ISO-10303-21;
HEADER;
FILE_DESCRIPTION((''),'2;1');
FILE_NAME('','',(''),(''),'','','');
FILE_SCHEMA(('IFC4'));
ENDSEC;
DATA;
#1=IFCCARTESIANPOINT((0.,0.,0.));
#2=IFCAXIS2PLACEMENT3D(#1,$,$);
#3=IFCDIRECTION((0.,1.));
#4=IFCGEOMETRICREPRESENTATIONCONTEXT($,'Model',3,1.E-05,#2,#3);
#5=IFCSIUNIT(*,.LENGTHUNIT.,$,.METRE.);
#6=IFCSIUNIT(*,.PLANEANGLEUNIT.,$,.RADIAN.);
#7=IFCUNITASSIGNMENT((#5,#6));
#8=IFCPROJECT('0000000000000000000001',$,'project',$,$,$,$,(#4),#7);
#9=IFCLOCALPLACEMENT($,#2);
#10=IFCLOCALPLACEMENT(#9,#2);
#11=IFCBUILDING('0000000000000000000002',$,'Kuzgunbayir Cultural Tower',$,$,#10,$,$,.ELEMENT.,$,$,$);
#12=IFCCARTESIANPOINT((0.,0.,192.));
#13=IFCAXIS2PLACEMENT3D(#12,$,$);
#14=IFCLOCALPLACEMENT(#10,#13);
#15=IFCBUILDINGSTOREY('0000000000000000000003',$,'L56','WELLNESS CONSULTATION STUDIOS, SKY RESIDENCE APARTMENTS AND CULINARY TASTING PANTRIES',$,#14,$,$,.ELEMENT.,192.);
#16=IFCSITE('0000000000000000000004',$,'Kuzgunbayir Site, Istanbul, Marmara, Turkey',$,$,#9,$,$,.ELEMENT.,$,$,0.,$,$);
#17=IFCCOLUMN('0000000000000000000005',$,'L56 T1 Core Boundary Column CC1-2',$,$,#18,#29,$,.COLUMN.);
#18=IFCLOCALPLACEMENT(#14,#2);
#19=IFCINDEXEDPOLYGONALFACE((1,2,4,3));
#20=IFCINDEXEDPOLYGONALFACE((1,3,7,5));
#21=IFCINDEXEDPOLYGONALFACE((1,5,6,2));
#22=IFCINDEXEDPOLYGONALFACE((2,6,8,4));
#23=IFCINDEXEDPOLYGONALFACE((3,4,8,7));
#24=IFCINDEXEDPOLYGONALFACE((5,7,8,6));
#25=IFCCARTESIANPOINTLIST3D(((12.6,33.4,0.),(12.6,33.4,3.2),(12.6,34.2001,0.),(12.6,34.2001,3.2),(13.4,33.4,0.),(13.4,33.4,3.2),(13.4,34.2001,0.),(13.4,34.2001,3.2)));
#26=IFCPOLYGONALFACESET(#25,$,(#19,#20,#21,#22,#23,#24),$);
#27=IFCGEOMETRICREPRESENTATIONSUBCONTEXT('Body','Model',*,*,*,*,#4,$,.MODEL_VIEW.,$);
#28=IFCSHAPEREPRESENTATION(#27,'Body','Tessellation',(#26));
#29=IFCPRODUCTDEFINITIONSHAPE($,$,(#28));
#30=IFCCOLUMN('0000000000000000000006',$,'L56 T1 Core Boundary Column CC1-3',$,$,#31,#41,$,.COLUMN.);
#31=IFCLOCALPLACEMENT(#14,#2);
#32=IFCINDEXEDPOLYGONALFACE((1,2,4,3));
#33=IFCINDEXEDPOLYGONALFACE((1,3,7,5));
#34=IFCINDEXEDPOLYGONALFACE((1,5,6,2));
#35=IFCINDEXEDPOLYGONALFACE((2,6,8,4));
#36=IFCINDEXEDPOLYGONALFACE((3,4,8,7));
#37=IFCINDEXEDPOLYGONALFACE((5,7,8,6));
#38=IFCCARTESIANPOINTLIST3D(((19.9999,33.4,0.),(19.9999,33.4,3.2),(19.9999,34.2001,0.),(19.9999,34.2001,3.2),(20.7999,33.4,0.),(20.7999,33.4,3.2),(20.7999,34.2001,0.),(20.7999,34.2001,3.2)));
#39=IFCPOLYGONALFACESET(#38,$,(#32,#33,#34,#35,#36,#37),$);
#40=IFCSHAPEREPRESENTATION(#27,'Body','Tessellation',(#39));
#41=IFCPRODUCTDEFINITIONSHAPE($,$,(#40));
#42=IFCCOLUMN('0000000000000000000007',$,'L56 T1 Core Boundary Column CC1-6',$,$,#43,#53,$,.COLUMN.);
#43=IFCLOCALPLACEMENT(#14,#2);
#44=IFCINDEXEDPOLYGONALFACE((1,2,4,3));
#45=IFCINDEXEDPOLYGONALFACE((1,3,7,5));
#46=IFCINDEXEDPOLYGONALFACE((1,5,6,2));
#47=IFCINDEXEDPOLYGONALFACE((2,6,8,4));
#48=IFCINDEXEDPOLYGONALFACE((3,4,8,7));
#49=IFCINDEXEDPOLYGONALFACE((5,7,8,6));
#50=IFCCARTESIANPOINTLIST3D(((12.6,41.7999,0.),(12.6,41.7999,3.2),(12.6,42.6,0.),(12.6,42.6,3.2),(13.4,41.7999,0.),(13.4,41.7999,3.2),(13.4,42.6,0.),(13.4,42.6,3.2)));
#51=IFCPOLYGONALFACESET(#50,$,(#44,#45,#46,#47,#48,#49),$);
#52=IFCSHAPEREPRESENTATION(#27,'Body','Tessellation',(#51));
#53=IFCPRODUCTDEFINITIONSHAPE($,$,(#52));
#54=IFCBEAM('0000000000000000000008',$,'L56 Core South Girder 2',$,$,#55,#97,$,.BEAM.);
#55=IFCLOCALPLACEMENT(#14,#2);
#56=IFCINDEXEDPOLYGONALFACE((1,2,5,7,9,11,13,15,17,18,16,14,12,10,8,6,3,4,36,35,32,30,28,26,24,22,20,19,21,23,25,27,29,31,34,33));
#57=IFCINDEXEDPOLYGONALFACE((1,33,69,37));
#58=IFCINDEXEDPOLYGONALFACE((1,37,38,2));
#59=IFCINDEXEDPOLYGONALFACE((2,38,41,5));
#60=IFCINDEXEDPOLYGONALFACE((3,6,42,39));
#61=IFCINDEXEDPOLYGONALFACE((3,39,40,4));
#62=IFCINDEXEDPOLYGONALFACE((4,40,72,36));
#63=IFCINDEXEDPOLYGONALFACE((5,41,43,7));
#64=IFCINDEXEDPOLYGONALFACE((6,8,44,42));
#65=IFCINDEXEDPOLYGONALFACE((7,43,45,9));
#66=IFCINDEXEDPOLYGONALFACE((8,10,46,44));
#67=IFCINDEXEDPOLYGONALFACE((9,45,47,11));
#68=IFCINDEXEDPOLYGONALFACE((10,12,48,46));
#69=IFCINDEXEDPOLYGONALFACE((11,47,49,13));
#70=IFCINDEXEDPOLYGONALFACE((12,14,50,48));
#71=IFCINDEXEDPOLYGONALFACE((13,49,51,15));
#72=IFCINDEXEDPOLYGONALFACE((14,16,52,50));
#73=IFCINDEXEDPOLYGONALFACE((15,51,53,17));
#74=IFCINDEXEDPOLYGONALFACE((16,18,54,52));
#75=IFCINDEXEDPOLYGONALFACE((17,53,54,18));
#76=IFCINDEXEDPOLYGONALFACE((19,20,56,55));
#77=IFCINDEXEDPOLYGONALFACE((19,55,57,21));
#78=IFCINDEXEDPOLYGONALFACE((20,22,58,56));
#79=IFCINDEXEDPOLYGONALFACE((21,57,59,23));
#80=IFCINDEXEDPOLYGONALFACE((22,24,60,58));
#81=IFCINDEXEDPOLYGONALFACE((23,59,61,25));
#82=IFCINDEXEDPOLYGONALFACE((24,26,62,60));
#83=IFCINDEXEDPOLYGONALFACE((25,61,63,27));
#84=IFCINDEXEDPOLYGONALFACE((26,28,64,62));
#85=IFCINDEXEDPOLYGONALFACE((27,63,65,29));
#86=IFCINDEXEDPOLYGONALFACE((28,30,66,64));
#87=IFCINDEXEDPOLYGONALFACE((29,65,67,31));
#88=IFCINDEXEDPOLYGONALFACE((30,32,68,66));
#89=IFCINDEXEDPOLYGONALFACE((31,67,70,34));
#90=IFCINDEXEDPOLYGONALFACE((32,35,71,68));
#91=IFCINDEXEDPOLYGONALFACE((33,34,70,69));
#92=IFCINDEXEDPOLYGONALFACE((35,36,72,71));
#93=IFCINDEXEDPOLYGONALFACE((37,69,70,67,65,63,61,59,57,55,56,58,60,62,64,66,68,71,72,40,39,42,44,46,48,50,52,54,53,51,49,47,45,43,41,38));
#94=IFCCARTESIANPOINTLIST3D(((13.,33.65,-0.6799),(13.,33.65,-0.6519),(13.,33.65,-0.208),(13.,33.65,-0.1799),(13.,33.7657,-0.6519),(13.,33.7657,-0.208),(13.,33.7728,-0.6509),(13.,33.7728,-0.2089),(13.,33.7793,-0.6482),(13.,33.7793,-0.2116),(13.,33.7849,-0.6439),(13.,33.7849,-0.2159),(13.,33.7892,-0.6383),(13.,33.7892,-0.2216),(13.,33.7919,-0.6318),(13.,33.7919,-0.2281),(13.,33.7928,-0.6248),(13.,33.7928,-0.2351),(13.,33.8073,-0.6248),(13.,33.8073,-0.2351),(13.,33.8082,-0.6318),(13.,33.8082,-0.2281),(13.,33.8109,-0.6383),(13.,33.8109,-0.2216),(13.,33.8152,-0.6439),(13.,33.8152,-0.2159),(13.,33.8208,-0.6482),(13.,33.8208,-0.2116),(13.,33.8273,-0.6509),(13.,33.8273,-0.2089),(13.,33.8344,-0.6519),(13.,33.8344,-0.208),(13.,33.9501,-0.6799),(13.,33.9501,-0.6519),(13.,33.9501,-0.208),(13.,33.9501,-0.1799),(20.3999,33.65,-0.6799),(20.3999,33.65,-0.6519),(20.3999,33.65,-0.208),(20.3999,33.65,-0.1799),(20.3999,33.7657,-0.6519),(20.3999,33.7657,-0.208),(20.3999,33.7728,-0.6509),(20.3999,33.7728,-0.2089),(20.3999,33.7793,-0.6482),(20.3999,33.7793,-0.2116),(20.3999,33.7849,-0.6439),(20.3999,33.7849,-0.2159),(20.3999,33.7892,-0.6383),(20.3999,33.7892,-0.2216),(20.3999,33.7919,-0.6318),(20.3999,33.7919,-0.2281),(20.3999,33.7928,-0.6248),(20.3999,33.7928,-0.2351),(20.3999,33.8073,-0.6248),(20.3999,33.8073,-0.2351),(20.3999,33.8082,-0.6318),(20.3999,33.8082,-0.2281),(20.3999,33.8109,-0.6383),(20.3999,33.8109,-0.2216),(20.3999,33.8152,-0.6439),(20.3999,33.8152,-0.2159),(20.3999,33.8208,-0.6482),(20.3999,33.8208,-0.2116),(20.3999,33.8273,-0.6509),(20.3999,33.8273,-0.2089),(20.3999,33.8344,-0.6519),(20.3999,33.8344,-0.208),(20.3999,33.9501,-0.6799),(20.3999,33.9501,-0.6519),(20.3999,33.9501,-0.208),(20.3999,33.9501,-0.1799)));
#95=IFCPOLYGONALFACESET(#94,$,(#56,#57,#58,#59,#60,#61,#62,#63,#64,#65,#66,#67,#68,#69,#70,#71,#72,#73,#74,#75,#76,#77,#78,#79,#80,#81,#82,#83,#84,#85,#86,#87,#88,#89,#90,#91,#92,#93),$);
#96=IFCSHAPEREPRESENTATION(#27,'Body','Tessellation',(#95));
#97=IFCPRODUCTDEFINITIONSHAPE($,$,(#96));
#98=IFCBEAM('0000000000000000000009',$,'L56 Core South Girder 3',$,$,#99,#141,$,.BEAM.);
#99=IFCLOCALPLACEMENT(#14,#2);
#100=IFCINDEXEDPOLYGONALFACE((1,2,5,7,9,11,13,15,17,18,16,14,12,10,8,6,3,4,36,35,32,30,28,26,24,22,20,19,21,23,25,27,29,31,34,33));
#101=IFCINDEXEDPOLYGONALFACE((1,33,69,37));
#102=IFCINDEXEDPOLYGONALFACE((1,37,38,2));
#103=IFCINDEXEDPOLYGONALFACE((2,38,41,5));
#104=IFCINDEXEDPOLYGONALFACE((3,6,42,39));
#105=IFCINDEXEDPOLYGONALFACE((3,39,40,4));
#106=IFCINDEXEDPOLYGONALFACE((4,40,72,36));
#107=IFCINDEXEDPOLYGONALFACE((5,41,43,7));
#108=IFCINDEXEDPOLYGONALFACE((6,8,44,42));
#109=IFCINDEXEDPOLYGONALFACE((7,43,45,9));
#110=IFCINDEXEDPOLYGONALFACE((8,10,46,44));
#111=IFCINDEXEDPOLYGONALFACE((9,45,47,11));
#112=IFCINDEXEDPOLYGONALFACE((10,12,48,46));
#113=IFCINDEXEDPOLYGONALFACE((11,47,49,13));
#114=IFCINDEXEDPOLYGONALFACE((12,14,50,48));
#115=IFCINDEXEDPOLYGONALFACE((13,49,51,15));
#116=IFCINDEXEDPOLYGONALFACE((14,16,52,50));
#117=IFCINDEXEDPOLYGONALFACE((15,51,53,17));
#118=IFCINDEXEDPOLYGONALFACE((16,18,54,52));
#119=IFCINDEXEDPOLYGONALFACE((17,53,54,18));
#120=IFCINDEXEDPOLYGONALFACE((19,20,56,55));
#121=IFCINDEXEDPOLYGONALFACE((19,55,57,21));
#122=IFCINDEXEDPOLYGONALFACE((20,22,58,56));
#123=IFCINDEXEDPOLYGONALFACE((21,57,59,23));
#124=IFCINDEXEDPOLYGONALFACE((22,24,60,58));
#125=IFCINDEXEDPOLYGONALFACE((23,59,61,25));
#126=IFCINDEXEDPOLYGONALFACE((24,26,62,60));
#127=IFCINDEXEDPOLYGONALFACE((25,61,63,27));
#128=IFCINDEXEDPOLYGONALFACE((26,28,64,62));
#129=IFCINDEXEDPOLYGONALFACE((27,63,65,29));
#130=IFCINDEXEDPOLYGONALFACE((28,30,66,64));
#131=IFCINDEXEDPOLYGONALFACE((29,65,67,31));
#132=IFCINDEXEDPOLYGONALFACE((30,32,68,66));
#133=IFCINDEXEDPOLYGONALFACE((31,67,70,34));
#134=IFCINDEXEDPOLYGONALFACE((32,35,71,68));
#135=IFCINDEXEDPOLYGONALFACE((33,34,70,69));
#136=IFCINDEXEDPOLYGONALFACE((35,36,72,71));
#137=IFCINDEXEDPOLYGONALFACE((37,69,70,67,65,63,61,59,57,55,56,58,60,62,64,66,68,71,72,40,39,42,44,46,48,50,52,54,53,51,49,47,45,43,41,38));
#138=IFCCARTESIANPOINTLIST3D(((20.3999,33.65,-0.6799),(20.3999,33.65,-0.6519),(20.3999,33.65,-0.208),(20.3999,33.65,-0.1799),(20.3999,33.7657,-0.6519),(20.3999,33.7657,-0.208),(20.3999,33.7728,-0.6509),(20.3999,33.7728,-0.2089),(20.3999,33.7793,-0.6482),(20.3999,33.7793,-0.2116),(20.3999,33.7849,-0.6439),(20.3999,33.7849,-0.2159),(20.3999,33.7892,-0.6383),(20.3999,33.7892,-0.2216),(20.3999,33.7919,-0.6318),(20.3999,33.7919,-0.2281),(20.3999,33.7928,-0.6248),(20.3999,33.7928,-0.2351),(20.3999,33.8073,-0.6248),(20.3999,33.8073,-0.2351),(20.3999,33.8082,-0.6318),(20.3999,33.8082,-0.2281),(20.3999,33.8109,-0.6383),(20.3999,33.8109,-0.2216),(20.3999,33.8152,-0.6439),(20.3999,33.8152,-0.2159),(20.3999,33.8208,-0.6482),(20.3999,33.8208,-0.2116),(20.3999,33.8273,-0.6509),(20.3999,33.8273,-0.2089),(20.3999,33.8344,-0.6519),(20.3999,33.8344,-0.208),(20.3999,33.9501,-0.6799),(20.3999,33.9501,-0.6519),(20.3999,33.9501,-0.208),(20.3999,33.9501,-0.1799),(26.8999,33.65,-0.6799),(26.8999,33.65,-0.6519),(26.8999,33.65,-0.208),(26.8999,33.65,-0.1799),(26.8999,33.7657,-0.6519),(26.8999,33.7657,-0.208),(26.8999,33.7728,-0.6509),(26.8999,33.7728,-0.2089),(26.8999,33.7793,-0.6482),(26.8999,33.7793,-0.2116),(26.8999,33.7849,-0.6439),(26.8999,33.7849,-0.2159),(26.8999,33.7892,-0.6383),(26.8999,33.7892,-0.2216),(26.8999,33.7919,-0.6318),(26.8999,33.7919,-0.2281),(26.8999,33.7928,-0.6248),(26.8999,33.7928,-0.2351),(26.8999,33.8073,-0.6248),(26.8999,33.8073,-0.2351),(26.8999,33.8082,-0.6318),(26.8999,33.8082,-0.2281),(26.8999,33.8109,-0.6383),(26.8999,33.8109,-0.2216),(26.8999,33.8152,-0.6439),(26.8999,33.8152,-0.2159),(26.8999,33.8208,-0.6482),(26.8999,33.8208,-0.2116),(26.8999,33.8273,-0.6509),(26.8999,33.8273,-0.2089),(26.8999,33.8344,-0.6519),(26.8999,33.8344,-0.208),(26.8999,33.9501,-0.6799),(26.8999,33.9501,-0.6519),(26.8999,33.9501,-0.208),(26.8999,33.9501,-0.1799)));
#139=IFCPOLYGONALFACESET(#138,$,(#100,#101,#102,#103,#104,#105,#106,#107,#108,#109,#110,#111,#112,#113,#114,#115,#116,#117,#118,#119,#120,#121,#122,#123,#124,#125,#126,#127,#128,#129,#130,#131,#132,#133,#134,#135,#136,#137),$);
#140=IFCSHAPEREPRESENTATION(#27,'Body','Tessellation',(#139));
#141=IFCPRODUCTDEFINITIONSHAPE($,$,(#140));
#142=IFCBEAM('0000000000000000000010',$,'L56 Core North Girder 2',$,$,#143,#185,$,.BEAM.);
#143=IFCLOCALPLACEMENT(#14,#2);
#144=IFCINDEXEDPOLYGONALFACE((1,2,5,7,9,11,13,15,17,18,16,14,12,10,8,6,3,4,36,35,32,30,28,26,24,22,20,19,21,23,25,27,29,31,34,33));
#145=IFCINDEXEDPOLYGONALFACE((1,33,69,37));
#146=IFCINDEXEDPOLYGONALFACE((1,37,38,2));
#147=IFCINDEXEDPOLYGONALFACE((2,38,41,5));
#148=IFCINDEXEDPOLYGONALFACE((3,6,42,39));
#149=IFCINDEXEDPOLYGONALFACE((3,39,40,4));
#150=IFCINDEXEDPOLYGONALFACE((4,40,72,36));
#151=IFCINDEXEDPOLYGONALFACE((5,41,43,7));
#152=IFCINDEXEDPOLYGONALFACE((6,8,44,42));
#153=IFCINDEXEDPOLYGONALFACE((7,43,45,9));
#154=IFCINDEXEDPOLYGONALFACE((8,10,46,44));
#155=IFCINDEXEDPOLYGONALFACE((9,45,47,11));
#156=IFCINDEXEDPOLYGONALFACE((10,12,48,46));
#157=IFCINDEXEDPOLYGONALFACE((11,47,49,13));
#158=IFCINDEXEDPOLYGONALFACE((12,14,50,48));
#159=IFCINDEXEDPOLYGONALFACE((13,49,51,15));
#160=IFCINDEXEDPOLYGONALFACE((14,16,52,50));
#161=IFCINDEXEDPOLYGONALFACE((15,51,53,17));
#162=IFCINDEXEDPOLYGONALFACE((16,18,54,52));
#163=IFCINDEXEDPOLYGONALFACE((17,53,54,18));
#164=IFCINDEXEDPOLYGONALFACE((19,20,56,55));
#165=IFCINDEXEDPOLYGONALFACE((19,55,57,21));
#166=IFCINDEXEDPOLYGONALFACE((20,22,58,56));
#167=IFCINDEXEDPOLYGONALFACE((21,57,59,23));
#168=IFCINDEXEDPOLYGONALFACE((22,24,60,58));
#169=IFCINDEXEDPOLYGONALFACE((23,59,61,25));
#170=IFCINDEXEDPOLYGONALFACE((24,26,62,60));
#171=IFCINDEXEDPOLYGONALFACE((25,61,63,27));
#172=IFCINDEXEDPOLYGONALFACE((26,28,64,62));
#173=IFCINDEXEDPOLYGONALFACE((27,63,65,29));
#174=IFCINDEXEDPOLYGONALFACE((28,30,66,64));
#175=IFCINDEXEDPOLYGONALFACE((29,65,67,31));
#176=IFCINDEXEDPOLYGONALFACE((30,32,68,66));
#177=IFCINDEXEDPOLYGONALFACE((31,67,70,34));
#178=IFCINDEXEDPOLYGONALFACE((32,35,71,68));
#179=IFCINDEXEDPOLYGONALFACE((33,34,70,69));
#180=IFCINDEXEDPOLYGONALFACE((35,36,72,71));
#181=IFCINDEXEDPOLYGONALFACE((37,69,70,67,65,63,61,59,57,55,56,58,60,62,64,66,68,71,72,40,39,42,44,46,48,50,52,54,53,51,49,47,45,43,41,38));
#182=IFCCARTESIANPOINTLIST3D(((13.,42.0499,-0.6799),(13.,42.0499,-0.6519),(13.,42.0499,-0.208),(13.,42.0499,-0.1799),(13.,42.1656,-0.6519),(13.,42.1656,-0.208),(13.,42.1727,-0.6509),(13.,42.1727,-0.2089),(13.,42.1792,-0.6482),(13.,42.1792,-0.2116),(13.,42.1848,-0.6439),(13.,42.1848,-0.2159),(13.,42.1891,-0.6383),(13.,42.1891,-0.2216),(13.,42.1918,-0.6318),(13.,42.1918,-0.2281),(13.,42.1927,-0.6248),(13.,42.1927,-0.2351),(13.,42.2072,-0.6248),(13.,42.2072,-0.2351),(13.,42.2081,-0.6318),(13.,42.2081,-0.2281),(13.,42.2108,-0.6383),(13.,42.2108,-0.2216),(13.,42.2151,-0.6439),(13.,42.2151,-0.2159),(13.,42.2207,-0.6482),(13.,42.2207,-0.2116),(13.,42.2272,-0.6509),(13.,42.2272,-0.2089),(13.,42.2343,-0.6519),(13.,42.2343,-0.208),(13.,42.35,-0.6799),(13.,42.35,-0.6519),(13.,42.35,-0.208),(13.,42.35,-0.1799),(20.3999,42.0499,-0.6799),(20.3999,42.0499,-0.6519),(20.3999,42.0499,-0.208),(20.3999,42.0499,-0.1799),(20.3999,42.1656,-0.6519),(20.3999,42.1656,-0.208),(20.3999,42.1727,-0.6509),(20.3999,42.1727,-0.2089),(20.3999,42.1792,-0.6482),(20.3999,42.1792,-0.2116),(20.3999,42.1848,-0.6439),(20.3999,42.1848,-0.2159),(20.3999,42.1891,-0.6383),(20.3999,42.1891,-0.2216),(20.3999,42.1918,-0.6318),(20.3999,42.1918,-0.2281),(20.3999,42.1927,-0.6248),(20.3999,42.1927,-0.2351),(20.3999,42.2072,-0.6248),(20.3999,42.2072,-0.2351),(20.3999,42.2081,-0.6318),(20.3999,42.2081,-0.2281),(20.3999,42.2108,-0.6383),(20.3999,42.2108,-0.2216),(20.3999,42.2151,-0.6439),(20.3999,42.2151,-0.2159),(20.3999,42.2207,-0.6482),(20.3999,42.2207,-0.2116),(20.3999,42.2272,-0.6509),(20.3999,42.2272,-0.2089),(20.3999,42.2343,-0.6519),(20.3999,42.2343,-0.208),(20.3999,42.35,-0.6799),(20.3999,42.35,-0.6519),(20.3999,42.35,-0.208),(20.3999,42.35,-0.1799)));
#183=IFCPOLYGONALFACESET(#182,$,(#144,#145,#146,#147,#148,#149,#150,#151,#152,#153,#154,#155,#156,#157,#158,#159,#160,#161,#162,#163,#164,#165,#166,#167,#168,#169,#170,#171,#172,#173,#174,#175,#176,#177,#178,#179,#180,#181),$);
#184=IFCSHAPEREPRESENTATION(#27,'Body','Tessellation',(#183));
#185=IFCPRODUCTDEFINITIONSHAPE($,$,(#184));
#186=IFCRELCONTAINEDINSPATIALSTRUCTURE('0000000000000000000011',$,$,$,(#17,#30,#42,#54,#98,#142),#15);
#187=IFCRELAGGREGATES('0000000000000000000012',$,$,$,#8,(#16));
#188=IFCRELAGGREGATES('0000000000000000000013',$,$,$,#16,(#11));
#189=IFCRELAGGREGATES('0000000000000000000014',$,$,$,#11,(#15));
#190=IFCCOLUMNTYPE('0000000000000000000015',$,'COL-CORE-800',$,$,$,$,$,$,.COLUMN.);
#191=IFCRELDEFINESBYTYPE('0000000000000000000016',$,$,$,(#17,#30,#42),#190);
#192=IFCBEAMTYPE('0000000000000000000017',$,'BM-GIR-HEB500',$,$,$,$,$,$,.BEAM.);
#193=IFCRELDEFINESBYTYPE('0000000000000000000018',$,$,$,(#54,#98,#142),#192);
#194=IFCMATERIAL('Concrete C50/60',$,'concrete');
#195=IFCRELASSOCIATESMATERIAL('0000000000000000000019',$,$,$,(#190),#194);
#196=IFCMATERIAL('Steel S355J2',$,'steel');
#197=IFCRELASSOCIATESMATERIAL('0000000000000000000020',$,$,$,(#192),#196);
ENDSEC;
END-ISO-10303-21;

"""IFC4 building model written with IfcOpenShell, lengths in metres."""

from ifc_helpers import new_model, si_unit, direction, frame, origin, origin_2d, place, context, subcontext, project, spatial, rectangle, i_section, extrude, material, material_profile, profile_set, type_object, element, save


model = new_model("IFC4")

# Units and contexts
model_context = context("Model", 3, precision=1e-05, world=origin(), true_north=direction((0.0, 1.0)))
body_context = subcontext(model_context, "Body", "Model", "MODEL_VIEW")
ifc_project = project(units=[si_unit("LENGTHUNIT", "METRE"), si_unit("PLANEANGLEUNIT", "RADIAN")], contexts=[model_context])

# Site, building, storey
site_placement = place(None, origin())
site = spatial("IfcSite", under=ifc_project, at=site_placement, Name="Kuzgunbayir Site, Istanbul, Marmara, Turkey", CompositionType="ELEMENT", RefElevation=0.0)
building_placement = place(site_placement, origin())
building = spatial("IfcBuilding", under=site, at=building_placement, Name="Kuzgunbayir Cultural Tower", CompositionType="ELEMENT")
storey_placement = place(building_placement, frame((0.0, 0.0, 192.0)))
storey = spatial("IfcBuildingStorey", under=building, at=storey_placement, Name="L56", Description="WELLNESS CONSULTATION STUDIOS, SKY RESIDENCE APARTMENTS AND CULINARY TASTING PANTRIES", CompositionType="ELEMENT", Elevation=192.0)

# Columns
ifc_material_1 = material(Name="Concrete C50/60", Category="concrete")
ifc_material_profile_1 = material_profile(ifc_material_1, rectangle(XDim=0.8, YDim=0.8, at=origin_2d()), Name="RC 800x800")
ifc_profile_set_1 = profile_set([ifc_material_profile_1], Name="Concrete C50/60")
column_type = type_object("IfcColumnType", Name="COL-CORE-800", PredefinedType="COLUMN", material=ifc_profile_set_1)
for number, where, z_axis, x_axis, name in (
    (1, (13.0, 33.8, 0.0), (0.0, 0.0, 1.0), (1.0, 0.0, 0.0), "L56 T1 Core Boundary Column CC1-2"),
    (2, (20.3999, 33.8, 0.0), (0.0, 0.0, 1.0), (1.0, 0.0, 0.0), "L56 T1 Core Boundary Column CC1-3"),
    (3, (13.0, 42.2, 0.0), (0.0, 0.0, 1.0), (1.0, 0.0, 0.0), "L56 T1 Core Boundary Column CC1-6"),
):
    element("IfcColumn", number, at=place(storey_placement, frame(where, z_axis=z_axis, x_axis=x_axis)), inside=storey, type_object=column_type, Name=name, PredefinedType="COLUMN", context=body_context, shape_type="SweptSolid", body=[
        extrude(rectangle(XDim=0.8, YDim=0.8, at=origin_2d()), origin(), (0.0, 0.0, 1.0), 3.2),
    ])

# Beams
ifc_material_2 = material(Name="Steel S355J2", Category="steel")
ifc_material_profile_2 = material_profile(ifc_material_2, i_section(OverallWidth=0.3, OverallDepth=0.5, WebThickness=0.0144, FlangeThickness=0.0281, FilletRadius=0.0271, at=origin_2d()), Name="HEB 500")
ifc_profile_set_2 = profile_set([ifc_material_profile_2], Name="Steel S355J2")
beam_type = type_object("IfcBeamType", Name="BM-GIR-HEB500", PredefinedType="BEAM", material=ifc_profile_set_2)
beam_1_placement = place(storey_placement, frame((13.0, 33.8, -0.4299), z_axis=(1.0, 0.0, 0.0), x_axis=(0.0, 1.0, 0.0)))
element("IfcBeam", 4, at=beam_1_placement, inside=storey, type_object=beam_type, Name="L56 Core South Girder 2", PredefinedType="BEAM", context=body_context, shape_type="SweptSolid", body=[
    extrude(i_section(OverallWidth=0.3, OverallDepth=0.5, WebThickness=0.0144, FlangeThickness=0.0281, FilletRadius=0.0271, at=origin_2d()), origin(), (0.0, 0.0, 1.0), 7.3999),
])
beam_2_placement = place(storey_placement, frame((20.3999, 33.8, -0.4299), z_axis=(1.0, 0.0, 0.0), x_axis=(0.0, 1.0, 0.0)))
element("IfcBeam", 5, at=beam_2_placement, inside=storey, type_object=beam_type, Name="L56 Core South Girder 3", PredefinedType="BEAM", context=body_context, shape_type="SweptSolid", body=[
    extrude(i_section(OverallWidth=0.3, OverallDepth=0.5, WebThickness=0.0144, FlangeThickness=0.0281, FilletRadius=0.0271, at=origin_2d()), origin(), (0.0, 0.0, 1.0), 6.5),
])
beam_3_placement = place(storey_placement, frame((13.0, 42.2, -0.4299), z_axis=(1.0, 0.0, 0.0), x_axis=(0.0, 1.0, 0.0)))
element("IfcBeam", 6, at=beam_3_placement, inside=storey, type_object=beam_type, Name="L56 Core North Girder 2", PredefinedType="BEAM", context=body_context, shape_type="SweptSolid", body=[
    extrude(i_section(OverallWidth=0.3, OverallDepth=0.5, WebThickness=0.0144, FlangeThickness=0.0281, FilletRadius=0.0271, at=origin_2d()), origin(), (0.0, 0.0, 1.0), 7.3999),
])

save(model, "model.ifc")
